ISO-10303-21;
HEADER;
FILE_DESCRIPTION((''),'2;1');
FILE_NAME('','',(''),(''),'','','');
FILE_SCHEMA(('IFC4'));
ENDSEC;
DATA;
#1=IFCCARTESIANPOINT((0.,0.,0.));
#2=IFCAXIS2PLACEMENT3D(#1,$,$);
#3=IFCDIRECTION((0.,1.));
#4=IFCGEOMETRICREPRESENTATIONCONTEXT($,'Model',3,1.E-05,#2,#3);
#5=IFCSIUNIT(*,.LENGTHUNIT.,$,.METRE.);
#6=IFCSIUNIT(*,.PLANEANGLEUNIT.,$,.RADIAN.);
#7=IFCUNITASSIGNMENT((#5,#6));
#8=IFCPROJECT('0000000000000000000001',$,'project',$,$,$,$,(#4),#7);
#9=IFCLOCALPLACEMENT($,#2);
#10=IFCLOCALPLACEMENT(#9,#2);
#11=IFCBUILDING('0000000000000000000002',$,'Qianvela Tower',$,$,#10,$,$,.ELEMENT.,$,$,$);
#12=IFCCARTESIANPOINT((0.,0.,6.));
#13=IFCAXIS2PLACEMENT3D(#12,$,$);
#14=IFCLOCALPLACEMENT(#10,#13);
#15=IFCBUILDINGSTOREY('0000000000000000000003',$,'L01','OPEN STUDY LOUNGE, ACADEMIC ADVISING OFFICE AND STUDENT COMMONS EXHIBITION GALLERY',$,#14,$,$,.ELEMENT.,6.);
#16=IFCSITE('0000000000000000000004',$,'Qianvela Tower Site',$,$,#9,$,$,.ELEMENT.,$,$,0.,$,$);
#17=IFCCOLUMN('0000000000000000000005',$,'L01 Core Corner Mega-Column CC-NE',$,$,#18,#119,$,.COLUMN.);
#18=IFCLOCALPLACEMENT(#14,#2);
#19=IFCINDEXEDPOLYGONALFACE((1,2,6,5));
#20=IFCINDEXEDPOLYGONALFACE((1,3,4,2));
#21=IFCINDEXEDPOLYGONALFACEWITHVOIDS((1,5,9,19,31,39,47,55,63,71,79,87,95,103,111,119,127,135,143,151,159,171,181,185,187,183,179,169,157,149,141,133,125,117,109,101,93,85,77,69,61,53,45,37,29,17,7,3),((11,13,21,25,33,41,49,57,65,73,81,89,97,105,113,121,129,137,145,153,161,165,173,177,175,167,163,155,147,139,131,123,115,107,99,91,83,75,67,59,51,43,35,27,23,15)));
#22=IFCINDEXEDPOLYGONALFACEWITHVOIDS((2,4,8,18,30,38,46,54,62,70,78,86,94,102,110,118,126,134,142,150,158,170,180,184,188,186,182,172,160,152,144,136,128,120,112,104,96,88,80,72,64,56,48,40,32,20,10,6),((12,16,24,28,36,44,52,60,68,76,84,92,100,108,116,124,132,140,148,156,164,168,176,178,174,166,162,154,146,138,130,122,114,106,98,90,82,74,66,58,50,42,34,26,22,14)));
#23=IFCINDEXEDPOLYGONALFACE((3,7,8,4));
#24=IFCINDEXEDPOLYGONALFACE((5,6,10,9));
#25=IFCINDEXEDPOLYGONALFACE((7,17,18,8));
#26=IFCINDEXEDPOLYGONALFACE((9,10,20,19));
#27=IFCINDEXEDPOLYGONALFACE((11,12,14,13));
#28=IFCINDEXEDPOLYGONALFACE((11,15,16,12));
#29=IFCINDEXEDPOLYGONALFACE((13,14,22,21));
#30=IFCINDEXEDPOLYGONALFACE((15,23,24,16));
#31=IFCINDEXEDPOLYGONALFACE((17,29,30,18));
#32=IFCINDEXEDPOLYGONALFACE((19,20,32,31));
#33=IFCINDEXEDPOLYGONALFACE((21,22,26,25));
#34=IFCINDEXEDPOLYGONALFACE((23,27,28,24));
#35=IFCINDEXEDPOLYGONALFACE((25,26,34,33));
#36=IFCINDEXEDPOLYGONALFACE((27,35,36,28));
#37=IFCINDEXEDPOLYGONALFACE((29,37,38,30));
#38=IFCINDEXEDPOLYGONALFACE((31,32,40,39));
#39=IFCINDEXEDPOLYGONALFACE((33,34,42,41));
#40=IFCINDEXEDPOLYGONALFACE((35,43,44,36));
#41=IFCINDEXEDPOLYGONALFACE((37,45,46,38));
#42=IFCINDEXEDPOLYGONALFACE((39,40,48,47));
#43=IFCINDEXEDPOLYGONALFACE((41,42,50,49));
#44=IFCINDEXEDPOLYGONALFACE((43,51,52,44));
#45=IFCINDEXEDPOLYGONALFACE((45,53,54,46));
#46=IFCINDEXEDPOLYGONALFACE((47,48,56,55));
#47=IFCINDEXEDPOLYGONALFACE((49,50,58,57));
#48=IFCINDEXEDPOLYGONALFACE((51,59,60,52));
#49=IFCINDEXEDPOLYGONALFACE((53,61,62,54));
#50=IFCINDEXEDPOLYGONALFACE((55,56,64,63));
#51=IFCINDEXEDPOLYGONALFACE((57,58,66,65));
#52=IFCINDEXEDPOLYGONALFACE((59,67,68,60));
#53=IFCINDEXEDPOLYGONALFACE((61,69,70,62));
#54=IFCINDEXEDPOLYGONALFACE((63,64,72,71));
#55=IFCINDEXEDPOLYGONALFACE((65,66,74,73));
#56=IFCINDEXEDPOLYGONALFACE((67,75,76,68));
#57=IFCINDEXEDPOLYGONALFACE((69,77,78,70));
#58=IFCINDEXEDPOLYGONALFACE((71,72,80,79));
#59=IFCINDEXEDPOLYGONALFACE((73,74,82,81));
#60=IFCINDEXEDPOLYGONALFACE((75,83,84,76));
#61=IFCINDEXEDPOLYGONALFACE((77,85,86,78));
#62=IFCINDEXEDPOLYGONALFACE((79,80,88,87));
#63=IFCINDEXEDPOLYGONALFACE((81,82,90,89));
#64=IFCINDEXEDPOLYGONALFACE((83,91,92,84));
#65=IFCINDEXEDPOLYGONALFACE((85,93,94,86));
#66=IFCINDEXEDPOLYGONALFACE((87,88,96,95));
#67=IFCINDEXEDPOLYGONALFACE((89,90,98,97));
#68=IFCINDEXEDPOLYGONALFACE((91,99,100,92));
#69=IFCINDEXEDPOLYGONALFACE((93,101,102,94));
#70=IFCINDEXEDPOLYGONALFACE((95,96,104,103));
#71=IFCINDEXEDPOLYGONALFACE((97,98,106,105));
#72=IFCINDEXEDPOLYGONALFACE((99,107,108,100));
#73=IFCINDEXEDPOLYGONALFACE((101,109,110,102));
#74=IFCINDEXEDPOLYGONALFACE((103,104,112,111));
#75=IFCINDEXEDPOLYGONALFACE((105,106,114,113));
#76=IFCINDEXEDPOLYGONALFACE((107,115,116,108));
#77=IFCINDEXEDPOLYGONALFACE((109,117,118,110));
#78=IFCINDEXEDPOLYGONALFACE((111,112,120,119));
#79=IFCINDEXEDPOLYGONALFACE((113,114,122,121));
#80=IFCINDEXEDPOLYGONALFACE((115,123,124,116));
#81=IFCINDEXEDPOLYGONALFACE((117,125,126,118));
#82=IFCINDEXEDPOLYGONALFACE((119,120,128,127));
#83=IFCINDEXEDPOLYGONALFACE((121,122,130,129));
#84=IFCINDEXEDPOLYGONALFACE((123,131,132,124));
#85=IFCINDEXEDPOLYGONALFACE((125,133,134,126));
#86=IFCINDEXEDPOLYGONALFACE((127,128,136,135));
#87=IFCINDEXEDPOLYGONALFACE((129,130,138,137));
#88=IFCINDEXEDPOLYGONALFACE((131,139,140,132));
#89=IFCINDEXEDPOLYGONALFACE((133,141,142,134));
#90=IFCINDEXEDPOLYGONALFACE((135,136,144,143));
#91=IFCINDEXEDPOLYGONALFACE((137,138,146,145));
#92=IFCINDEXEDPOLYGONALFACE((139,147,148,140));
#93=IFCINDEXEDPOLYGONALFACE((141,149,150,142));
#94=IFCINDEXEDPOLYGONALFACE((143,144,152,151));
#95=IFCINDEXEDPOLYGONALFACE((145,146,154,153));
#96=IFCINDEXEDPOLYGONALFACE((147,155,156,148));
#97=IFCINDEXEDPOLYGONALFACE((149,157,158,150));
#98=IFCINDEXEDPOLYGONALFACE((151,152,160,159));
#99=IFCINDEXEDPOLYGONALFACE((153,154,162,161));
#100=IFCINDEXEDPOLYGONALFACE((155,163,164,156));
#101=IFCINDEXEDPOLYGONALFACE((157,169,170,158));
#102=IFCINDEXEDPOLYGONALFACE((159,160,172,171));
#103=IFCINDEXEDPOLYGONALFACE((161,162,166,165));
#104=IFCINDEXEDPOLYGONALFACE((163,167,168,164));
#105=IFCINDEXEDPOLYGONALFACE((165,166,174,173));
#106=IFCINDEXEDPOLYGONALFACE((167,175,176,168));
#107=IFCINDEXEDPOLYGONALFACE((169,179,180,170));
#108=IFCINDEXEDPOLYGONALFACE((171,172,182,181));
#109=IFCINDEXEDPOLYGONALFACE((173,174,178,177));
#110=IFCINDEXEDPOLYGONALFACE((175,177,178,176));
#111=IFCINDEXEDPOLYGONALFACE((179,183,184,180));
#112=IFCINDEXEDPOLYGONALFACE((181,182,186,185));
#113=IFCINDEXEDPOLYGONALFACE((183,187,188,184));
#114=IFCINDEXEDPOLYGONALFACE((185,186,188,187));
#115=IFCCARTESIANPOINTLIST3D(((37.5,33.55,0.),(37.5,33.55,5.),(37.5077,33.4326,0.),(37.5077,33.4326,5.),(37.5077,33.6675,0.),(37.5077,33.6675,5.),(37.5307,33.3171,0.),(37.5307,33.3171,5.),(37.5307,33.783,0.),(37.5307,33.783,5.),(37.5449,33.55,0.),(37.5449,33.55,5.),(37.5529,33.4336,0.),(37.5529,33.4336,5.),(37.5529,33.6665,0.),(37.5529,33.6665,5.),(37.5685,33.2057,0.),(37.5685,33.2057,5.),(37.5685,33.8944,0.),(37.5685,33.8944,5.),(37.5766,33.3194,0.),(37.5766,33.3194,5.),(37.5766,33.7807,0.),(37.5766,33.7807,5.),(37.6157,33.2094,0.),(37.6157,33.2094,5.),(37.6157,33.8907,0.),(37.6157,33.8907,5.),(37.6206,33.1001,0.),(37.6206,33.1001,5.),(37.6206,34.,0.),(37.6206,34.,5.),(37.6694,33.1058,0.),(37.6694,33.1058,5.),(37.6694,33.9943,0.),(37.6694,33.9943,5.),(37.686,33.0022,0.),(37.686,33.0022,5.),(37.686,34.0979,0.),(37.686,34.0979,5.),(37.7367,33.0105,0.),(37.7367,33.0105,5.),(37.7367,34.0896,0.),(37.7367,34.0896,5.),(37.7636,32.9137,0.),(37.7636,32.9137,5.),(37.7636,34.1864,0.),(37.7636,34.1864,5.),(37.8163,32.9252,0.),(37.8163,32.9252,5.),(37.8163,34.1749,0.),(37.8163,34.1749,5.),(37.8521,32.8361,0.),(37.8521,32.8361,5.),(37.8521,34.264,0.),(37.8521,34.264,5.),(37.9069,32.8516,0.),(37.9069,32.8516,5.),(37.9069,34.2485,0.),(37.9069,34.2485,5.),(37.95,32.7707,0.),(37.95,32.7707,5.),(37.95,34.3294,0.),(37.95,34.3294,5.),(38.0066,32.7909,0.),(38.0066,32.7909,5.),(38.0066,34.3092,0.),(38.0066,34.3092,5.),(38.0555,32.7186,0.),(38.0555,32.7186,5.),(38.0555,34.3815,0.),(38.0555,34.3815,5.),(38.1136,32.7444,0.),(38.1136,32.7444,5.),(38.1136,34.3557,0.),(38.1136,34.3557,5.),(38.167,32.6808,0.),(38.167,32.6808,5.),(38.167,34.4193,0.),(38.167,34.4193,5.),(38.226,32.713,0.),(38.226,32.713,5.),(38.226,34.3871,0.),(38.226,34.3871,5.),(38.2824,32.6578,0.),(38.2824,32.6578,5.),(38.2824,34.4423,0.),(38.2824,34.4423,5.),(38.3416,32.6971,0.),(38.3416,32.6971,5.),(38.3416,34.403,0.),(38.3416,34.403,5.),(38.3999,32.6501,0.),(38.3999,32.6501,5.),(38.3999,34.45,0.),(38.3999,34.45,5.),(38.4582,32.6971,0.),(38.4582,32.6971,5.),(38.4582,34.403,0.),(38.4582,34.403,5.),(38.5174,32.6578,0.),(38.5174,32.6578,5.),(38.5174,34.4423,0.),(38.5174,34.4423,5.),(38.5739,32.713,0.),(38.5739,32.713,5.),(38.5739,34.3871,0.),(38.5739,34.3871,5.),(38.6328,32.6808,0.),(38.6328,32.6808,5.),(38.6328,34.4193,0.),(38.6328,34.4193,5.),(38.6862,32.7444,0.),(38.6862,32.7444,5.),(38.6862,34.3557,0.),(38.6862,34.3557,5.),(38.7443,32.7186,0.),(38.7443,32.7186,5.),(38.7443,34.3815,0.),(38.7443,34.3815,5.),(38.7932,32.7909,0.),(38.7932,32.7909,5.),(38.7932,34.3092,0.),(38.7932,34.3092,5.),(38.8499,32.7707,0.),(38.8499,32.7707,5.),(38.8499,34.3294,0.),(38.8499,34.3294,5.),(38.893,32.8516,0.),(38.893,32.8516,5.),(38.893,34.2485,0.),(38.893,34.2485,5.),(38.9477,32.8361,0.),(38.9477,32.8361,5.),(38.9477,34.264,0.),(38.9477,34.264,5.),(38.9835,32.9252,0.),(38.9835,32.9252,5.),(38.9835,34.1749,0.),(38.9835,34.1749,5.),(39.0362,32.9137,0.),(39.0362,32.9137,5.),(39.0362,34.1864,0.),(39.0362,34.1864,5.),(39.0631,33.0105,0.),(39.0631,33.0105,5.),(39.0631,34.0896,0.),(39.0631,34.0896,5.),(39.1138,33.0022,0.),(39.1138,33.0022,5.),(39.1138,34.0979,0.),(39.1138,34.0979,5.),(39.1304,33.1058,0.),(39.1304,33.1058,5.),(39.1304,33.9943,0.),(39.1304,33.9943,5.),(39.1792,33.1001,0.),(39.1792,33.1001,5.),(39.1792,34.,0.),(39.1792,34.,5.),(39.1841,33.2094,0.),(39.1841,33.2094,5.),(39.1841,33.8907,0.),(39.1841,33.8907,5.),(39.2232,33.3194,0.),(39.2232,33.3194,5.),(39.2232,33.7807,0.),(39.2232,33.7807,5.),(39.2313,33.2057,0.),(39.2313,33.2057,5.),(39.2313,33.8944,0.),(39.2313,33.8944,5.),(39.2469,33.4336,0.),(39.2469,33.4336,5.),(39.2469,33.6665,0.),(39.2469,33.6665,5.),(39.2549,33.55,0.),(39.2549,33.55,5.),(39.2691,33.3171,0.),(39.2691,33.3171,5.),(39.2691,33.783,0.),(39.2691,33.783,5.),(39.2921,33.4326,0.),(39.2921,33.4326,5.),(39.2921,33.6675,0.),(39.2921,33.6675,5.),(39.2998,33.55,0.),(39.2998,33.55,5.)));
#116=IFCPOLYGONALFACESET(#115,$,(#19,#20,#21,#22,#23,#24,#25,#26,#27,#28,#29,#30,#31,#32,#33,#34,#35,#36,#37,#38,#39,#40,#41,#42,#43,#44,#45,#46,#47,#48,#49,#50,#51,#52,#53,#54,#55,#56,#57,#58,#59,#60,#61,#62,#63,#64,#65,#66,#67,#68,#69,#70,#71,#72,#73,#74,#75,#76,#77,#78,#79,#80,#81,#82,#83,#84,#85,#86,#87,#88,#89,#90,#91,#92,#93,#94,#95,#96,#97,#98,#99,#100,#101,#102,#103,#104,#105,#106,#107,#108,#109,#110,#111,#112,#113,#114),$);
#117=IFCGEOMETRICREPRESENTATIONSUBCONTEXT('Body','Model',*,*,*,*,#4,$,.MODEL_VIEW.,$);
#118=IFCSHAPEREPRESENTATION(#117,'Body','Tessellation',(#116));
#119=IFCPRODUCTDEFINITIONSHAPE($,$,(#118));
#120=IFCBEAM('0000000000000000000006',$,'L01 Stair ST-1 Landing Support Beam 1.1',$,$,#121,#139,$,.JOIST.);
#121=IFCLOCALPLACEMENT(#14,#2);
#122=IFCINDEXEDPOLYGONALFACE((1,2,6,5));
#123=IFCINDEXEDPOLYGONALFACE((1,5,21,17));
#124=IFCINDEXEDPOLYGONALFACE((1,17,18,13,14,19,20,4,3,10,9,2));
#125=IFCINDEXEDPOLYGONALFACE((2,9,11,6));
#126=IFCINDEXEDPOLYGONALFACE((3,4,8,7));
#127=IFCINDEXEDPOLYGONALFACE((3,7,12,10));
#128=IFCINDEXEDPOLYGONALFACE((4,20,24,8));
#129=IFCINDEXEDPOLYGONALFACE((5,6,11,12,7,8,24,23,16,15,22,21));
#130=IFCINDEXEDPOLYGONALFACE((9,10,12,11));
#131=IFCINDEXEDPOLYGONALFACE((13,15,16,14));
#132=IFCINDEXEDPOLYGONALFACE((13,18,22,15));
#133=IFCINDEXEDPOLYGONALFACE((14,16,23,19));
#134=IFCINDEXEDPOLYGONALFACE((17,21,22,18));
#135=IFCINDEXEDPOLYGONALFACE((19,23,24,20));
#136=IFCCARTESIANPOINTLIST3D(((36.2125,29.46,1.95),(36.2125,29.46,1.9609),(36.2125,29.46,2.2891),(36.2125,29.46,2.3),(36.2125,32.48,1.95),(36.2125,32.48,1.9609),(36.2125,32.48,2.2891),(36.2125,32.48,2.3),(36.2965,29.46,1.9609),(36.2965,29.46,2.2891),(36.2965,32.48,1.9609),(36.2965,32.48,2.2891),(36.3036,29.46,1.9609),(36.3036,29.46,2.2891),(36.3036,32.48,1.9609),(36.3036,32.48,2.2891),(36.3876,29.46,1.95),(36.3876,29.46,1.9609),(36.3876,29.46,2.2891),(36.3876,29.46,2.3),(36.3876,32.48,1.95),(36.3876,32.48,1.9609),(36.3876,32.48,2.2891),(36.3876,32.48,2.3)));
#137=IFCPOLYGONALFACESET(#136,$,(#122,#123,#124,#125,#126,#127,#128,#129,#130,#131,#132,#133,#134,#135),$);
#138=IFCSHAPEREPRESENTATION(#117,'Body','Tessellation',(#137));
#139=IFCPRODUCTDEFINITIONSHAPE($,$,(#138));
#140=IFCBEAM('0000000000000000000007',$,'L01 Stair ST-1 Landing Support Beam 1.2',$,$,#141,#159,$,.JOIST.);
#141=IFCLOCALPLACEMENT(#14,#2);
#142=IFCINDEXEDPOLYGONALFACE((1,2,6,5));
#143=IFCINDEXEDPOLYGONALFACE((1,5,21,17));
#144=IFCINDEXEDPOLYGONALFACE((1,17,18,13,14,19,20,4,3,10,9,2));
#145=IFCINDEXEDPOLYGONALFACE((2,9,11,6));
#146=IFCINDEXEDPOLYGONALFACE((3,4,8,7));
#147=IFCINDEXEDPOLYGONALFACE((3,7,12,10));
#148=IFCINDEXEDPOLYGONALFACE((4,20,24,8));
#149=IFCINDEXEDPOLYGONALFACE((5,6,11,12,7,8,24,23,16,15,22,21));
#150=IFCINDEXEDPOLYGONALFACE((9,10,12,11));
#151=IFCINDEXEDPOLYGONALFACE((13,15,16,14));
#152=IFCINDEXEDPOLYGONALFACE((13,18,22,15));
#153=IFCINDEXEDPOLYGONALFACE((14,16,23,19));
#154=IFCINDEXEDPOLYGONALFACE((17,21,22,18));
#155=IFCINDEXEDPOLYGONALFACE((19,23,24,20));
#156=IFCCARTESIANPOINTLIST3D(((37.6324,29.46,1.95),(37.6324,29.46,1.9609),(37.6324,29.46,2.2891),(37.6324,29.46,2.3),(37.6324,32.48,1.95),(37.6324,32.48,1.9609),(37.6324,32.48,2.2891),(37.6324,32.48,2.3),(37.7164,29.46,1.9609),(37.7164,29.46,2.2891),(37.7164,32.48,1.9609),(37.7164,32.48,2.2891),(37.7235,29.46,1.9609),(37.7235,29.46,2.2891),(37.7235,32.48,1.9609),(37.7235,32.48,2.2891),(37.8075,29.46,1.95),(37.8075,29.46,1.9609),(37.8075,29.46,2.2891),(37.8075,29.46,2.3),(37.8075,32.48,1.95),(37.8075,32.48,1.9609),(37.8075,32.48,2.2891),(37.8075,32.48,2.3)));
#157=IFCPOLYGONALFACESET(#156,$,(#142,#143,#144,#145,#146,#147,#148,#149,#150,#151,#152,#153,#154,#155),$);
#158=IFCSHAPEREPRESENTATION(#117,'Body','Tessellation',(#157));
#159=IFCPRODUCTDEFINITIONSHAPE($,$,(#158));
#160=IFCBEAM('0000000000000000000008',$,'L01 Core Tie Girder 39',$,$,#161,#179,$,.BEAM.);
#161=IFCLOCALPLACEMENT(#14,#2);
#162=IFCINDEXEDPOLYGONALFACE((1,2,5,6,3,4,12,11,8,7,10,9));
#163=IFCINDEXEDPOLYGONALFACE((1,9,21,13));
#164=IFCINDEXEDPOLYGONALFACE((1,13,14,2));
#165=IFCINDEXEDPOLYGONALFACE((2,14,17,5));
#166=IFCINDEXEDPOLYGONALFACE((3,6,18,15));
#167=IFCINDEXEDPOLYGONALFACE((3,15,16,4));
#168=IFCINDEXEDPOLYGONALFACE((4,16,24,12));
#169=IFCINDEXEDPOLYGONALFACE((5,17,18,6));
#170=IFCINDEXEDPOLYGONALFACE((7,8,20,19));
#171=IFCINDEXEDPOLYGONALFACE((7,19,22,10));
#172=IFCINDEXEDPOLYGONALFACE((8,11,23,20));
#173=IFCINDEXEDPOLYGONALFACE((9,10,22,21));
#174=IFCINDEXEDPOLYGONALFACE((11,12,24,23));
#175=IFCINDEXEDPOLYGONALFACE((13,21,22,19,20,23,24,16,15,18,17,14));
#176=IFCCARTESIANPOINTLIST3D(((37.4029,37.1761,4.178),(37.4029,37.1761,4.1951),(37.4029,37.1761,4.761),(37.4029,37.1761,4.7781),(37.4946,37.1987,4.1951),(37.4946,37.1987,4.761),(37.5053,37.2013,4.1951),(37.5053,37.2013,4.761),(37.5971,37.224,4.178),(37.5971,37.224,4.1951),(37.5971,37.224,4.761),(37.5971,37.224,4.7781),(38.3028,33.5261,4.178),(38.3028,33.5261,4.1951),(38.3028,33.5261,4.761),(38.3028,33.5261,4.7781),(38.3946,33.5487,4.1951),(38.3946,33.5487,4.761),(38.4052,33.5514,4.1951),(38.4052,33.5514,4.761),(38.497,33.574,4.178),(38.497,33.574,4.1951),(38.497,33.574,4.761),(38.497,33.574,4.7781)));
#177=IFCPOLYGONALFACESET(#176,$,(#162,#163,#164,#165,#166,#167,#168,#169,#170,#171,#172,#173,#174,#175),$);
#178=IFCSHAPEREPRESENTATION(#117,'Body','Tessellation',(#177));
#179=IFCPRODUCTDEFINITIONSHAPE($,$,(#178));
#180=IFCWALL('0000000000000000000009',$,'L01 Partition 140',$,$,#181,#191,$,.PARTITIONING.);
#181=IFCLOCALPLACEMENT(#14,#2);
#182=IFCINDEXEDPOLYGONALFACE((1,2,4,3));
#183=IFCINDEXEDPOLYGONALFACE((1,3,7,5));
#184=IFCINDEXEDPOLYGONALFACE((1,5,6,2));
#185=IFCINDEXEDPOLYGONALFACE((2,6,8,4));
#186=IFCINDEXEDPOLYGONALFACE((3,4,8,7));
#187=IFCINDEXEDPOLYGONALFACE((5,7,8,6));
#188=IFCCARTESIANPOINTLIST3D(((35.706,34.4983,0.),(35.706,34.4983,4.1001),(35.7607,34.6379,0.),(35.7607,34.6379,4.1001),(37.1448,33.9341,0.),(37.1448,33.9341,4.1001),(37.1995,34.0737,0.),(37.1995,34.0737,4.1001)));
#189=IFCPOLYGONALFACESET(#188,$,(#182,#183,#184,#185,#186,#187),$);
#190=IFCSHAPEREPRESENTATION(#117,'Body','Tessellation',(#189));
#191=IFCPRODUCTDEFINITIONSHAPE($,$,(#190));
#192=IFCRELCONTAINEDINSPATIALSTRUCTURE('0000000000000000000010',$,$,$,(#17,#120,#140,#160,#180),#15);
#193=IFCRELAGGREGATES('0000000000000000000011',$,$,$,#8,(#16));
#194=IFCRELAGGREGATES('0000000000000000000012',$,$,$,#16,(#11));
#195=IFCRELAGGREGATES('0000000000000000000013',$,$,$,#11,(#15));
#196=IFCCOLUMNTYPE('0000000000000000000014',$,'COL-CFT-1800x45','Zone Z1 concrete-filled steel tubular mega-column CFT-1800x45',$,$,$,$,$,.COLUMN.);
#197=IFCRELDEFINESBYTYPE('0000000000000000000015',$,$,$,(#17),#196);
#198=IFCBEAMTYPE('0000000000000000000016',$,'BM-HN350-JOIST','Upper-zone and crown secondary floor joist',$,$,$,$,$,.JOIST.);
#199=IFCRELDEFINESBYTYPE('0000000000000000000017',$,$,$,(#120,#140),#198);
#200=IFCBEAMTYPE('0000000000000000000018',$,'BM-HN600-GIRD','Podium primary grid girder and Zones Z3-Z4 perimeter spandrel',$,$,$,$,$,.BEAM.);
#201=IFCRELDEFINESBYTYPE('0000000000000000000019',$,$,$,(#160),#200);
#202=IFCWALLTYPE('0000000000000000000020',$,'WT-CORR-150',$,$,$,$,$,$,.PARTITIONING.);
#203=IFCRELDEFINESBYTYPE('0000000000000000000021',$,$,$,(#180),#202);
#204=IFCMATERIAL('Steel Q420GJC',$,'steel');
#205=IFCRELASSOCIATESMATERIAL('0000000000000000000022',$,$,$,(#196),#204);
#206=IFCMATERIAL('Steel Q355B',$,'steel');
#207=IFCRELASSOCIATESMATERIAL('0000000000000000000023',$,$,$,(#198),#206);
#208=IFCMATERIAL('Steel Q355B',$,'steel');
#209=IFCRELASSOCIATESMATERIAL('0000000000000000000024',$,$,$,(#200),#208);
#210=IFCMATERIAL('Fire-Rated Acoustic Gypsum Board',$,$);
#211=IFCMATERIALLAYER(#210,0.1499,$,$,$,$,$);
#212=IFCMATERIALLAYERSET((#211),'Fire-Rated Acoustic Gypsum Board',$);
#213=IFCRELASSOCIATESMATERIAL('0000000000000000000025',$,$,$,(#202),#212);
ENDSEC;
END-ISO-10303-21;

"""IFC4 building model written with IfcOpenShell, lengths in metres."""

from ifc_helpers import new_model, si_unit, direction, frame, frame_2d, origin, origin_2d, place, context, subcontext, project, spatial, rectangle, hollow_circle, i_section, extrude, material, layer, layer_set, material_profile, profile_set, type_object, element, save


model = new_model("IFC4")

# Units and contexts
model_context = context("Model", 3, precision=1e-05, world=origin(), true_north=direction((0.0, 1.0)))
body_context = subcontext(model_context, "Body", "Model", "MODEL_VIEW")
ifc_project = project(units=[si_unit("LENGTHUNIT", "METRE"), si_unit("PLANEANGLEUNIT", "RADIAN")], contexts=[model_context])

# Site, building, storey
site_placement = place(None, origin())
site = spatial("IfcSite", under=ifc_project, at=site_placement, Name="Qianvela Tower Site", CompositionType="ELEMENT", RefElevation=0.0)
building_placement = place(site_placement, origin())
building = spatial("IfcBuilding", under=site, at=building_placement, Name="Qianvela Tower", CompositionType="ELEMENT")
storey_placement = place(building_placement, frame((0.0, 0.0, 6.0)))
storey = spatial("IfcBuildingStorey", under=building, at=storey_placement, Name="L01", Description="OPEN STUDY LOUNGE, ACADEMIC ADVISING OFFICE AND STUDENT COMMONS EXHIBITION GALLERY", CompositionType="ELEMENT", Elevation=6.0)

# Column
ifc_material_1 = material(Name="Steel Q420GJC", Category="steel")
ifc_material_profile_1 = material_profile(ifc_material_1, hollow_circle(Radius=0.8999, WallThickness=0.0449, at=origin_2d()), Name="CFT-1800x45")
ifc_profile_set_1 = profile_set([ifc_material_profile_1], Name="Steel Q420GJC")
column_type = type_object("IfcColumnType", Name="COL-CFT-1800x45", Description="Zone Z1 concrete-filled steel tubular mega-column CFT-1800x45", PredefinedType="COLUMN", material=ifc_profile_set_1)
column_placement = place(storey_placement, frame((38.3999, 33.55, 0.0), z_axis=(0.0, 0.0, 1.0), x_axis=(1.0, 0.0, 0.0)))
element("IfcColumn", 1, at=column_placement, inside=storey, type_object=column_type, Name="L01 Core Corner Mega-Column CC-NE", PredefinedType="COLUMN", context=body_context, shape_type="SweptSolid", body=[
    extrude(hollow_circle(Radius=0.8999, WallThickness=0.0449, at=origin_2d()), origin(), (0.0, 0.0, 1.0), 5.0),
])

# Beams
ifc_material_2 = material(Name="Steel Q355B", Category="steel")
ifc_material_profile_2 = material_profile(ifc_material_2, i_section(OverallWidth=0.175, OverallDepth=0.3501, WebThickness=0.0071, FlangeThickness=0.011, at=origin_2d()), Name="HN350x175x7x11")
ifc_profile_set_2 = profile_set([ifc_material_profile_2], Name="Steel Q355B")
beam_type_1 = type_object("IfcBeamType", Name="BM-HN350-JOIST", Description="Upper-zone and crown secondary floor joist", PredefinedType="JOIST", material=ifc_profile_set_2)
for number, where, z_axis, x_axis, name in (
    (2, (36.3, 29.46, 2.125), (0.0, 1.0, 0.0), (-1.0, 0.0, 0.0), "L01 Stair ST-1 Landing Support Beam 1.1"),
    (3, (37.72, 29.46, 2.125), (0.0, 1.0, 0.0), (-1.0, 0.0, 0.0), "L01 Stair ST-1 Landing Support Beam 1.2"),
):
    element("IfcBeam", number, at=place(storey_placement, frame(where, z_axis=z_axis, x_axis=x_axis)), inside=storey, type_object=beam_type_1, Name=name, PredefinedType="JOIST", context=body_context, shape_type="SweptSolid", body=[
        extrude(i_section(OverallWidth=0.175, OverallDepth=0.3501, WebThickness=0.0071, FlangeThickness=0.011, at=origin_2d()), origin(), (0.0, 0.0, 1.0), 3.02),
    ])
ifc_material_3 = material(Name="Steel Q355B", Category="steel")
ifc_material_profile_3 = material_profile(ifc_material_3, i_section(OverallWidth=0.2, OverallDepth=0.6001, WebThickness=0.011, FlangeThickness=0.0171, at=origin_2d()), Name="HN600x200x11x17")
ifc_profile_set_3 = profile_set([ifc_material_profile_3], Name="Steel Q355B")
beam_type_2 = type_object("IfcBeamType", Name="BM-HN600-GIRD", Description="Podium primary grid girder and Zones Z3-Z4 perimeter spandrel", PredefinedType="BEAM", material=ifc_profile_set_3)
beam_placement = place(storey_placement, frame((38.3999, 33.55, 4.478), z_axis=(-0.239386, 0.970924, 0.0), x_axis=(-0.970924, -0.239386, 0.0)))
element("IfcBeam", 4, at=beam_placement, inside=storey, type_object=beam_type_2, Name="L01 Core Tie Girder 39", PredefinedType="BEAM", context=body_context, shape_type="SweptSolid", body=[
    extrude(i_section(OverallWidth=0.2, OverallDepth=0.6001, WebThickness=0.011, FlangeThickness=0.0171, at=origin_2d()), origin(), (0.0, 0.0, 1.0), 3.7593),
])

# Shared definitions
ifc_material_4 = material(Name="Fire-Rated Acoustic Gypsum Board")
ifc_layer_1 = layer(ifc_material_4, 0.1499)
ifc_layer_set_1 = layer_set([ifc_layer_1], Name="Fire-Rated Acoustic Gypsum Board")
wall_type_1 = type_object("IfcWallType", Name="WT-CORR-150", PredefinedType="PARTITIONING", material=ifc_layer_set_1)

# Wall
wall_1_placement = place(storey_placement, frame((37.1721, 34.0039, 0.0), z_axis=(0.0, 0.0, 1.0), x_axis=(-0.930972, 0.36509, 0.0)))
element("IfcWall", 5, at=wall_1_placement, inside=storey, type_object=wall_type_1, Name="L01 Partition 140", PredefinedType="PARTITIONING", context=body_context, shape_type="SweptSolid", body=[
    extrude(rectangle(XDim=1.5454, YDim=0.1499, at=frame_2d((0.7727, 0.0))), origin(), (0.0, 0.0, 1.0), 4.1001),
])

save(model, "model.ifc")
